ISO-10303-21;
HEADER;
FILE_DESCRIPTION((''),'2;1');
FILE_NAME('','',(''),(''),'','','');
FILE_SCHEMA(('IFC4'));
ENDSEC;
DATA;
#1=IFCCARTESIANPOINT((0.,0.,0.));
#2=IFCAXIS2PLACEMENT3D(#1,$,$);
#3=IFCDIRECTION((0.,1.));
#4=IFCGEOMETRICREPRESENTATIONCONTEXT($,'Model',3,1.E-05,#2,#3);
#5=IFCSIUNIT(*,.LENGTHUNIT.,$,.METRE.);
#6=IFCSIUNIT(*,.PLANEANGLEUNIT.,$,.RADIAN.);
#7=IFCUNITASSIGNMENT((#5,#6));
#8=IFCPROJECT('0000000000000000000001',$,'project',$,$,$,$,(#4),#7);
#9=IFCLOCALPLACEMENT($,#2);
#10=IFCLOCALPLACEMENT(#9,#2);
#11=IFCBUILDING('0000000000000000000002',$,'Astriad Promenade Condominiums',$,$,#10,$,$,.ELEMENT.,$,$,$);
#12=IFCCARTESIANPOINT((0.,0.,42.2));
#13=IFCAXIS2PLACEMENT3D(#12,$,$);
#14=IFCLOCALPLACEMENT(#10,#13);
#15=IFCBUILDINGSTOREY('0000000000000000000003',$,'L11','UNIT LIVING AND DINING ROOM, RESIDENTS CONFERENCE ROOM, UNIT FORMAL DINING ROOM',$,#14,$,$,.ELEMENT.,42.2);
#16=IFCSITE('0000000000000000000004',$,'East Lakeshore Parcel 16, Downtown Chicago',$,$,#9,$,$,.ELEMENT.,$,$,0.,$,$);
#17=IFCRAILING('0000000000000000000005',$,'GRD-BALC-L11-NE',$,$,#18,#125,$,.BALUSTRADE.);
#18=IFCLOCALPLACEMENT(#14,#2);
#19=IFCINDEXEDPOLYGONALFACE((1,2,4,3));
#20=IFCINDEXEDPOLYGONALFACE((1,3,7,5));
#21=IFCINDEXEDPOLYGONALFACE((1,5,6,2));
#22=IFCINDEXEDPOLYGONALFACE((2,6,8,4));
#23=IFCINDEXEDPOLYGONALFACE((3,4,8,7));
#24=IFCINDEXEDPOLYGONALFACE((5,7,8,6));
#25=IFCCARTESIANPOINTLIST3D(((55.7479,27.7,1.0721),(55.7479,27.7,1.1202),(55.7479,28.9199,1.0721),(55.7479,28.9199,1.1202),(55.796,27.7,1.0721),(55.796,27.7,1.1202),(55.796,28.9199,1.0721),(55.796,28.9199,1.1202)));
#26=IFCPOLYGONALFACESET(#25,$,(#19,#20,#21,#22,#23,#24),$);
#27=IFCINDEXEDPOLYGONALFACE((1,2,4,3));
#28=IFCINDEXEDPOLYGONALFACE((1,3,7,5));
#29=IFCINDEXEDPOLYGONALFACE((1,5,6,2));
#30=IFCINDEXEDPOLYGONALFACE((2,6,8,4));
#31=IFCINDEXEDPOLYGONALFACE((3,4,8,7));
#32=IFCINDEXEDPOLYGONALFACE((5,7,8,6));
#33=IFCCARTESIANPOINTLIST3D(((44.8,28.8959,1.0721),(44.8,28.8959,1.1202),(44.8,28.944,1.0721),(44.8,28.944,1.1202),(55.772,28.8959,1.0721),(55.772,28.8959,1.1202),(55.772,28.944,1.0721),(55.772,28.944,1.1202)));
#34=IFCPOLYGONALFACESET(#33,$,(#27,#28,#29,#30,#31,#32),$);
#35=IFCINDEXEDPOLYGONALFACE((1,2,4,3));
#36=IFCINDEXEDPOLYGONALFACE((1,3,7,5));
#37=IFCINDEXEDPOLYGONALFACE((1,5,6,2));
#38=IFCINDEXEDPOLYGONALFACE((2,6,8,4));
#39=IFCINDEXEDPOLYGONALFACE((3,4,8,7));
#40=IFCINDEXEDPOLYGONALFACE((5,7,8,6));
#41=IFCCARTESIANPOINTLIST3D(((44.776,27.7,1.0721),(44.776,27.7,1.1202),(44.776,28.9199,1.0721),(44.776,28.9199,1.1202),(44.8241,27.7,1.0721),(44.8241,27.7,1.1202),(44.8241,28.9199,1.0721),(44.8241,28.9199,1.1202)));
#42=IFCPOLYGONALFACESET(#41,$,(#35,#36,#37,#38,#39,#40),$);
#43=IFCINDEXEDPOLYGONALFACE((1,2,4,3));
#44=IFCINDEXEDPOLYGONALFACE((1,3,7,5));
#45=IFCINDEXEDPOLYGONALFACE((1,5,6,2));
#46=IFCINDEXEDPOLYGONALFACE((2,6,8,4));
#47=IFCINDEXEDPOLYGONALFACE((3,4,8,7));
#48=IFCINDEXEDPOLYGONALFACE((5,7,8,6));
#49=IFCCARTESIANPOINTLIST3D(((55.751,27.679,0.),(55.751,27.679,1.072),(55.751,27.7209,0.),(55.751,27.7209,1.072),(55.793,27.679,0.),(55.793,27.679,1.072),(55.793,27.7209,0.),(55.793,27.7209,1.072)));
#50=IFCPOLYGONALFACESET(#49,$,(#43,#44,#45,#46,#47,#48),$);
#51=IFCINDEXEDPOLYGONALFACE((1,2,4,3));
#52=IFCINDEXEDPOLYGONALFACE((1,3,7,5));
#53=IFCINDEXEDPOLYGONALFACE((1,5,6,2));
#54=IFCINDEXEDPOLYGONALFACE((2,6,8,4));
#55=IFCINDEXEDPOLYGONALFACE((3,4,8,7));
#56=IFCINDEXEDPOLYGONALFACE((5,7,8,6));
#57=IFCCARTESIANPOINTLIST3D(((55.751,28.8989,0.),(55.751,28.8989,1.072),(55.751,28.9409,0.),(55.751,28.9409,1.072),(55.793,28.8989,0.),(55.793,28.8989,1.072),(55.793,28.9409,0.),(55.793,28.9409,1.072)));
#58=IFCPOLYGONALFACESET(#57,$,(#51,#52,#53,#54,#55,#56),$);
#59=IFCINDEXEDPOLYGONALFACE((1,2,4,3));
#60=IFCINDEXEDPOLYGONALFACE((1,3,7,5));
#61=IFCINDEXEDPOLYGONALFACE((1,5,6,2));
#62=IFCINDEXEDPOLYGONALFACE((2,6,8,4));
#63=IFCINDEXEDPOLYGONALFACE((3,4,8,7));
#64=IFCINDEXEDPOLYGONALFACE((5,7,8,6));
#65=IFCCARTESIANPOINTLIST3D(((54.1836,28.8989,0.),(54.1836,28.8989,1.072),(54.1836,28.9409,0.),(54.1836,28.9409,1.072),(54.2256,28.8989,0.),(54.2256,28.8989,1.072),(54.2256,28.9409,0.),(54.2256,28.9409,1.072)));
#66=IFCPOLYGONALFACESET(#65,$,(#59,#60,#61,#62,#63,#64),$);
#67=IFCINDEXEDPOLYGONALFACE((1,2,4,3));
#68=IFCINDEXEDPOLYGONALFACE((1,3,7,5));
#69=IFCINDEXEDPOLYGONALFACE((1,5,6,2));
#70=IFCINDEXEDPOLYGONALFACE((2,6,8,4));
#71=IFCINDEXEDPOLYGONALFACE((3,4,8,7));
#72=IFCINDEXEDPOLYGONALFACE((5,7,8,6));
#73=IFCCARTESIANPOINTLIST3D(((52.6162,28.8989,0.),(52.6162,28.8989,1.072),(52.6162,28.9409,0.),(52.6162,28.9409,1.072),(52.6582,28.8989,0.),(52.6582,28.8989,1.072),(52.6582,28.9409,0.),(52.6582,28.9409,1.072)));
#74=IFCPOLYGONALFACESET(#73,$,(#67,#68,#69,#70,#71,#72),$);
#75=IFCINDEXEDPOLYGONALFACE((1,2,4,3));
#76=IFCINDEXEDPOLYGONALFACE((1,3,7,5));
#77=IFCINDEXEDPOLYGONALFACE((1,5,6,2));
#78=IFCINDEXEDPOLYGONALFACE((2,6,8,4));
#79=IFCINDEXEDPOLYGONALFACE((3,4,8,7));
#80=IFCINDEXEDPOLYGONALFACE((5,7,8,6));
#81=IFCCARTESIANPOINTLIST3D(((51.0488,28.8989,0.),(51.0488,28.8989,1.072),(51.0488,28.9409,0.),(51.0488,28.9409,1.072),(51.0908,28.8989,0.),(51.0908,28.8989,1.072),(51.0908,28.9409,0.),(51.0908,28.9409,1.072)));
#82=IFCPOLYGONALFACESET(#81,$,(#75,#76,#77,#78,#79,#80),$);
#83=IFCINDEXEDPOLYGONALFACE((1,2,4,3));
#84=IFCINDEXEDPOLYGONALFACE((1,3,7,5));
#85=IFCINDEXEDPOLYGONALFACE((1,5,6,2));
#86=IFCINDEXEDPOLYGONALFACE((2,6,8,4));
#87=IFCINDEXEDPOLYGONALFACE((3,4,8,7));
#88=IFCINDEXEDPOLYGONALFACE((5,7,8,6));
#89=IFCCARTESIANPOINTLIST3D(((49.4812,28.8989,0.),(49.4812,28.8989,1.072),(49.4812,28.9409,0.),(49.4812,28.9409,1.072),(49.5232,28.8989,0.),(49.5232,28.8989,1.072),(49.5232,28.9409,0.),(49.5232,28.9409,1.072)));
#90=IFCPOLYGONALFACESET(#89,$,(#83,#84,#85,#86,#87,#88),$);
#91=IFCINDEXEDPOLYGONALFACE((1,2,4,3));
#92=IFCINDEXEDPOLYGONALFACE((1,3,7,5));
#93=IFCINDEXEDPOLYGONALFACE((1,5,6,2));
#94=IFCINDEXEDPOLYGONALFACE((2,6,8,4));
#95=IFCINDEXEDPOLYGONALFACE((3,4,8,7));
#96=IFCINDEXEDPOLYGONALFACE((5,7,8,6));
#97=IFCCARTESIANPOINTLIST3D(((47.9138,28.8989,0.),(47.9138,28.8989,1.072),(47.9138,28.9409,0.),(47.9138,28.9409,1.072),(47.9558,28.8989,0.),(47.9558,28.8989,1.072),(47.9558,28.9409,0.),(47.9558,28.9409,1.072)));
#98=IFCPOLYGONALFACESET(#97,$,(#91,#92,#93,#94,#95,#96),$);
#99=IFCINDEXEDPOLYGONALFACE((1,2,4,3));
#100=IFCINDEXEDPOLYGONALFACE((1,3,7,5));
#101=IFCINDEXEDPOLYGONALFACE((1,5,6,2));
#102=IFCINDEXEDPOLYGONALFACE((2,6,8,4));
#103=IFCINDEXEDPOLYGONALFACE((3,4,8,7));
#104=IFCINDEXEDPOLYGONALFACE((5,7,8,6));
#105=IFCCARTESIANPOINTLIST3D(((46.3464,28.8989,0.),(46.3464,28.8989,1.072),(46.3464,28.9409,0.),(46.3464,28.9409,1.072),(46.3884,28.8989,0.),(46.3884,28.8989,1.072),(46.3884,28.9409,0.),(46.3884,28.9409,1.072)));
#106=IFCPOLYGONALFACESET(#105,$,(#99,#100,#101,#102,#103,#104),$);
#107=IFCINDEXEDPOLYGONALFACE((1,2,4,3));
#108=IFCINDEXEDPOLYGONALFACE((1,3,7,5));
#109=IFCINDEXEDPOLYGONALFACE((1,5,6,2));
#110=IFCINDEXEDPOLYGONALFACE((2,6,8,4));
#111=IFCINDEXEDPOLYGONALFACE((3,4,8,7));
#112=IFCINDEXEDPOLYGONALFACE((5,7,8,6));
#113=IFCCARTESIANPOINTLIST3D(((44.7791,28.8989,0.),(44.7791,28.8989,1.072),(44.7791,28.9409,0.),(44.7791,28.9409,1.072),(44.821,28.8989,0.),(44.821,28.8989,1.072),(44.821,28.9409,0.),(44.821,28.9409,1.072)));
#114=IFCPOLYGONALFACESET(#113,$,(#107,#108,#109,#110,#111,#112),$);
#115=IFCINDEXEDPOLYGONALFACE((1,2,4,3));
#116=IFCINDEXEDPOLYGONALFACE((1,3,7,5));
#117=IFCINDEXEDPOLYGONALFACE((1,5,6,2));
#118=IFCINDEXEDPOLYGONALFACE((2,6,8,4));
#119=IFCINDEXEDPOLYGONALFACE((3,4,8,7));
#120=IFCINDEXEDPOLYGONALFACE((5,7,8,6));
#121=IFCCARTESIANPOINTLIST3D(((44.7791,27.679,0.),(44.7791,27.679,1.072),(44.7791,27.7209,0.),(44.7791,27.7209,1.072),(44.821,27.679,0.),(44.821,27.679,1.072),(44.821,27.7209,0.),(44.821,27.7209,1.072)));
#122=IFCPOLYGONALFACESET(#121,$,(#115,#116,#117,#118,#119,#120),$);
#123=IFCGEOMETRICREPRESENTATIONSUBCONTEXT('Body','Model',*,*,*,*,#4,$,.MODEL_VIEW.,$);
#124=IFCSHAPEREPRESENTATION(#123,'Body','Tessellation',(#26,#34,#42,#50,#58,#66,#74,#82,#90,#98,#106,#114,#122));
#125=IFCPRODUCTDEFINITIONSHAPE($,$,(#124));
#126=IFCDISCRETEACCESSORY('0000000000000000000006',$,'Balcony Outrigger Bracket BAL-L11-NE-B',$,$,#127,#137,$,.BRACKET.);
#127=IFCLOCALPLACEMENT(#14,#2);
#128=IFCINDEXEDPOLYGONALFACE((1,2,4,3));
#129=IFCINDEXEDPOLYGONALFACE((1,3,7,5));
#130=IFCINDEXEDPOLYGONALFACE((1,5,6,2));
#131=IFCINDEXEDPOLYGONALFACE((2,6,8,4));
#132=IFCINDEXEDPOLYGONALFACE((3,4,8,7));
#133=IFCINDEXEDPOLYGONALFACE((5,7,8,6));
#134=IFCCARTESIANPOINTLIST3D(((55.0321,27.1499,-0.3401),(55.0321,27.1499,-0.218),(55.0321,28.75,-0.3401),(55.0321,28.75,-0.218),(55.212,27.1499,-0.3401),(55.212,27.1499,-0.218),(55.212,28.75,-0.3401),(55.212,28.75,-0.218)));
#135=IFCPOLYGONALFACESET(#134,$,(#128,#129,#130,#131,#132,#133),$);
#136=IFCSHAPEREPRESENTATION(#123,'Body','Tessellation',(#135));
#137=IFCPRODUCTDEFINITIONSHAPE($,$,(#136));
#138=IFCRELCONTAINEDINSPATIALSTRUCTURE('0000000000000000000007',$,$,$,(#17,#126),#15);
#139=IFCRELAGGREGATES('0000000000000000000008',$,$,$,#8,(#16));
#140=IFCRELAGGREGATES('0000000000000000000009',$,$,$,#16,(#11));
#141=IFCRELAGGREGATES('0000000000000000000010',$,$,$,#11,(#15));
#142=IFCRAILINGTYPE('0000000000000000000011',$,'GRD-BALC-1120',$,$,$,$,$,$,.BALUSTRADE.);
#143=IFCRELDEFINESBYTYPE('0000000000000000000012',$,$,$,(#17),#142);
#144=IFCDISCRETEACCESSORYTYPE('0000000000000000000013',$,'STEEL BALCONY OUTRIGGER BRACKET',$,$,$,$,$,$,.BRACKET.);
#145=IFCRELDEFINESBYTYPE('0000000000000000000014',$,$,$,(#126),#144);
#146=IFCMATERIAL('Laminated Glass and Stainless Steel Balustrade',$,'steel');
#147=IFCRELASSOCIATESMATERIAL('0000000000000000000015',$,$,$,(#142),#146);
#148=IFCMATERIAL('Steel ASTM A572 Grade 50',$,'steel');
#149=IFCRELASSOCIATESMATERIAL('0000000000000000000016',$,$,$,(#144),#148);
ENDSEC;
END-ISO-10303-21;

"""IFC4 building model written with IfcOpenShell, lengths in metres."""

from ifc_helpers import new_model, si_unit, direction, frame, origin, origin_2d, place, context, subcontext, project, spatial, rectangle, extrude, source, transform, mapped, material, type_object, type_shapes, element, save


model = new_model("IFC4")

# Units and contexts
model_context = context("Model", 3, precision=1e-05, world=origin(), true_north=direction((0.0, 1.0)))
body_context = subcontext(model_context, "Body", "Model", "MODEL_VIEW")
ifc_project = project(units=[si_unit("LENGTHUNIT", "METRE"), si_unit("PLANEANGLEUNIT", "RADIAN")], contexts=[model_context])

# Site, building, storey
site_placement = place(None, origin())
site = spatial("IfcSite", under=ifc_project, at=site_placement, Name="East Lakeshore Parcel 16, Downtown Chicago", CompositionType="ELEMENT", RefElevation=0.0)
building_placement = place(site_placement, origin())
building = spatial("IfcBuilding", under=site, at=building_placement, Name="Astriad Promenade Condominiums", CompositionType="ELEMENT")
storey_placement = place(building_placement, frame((0.0, 0.0, 42.2)))
storey = spatial("IfcBuildingStorey", under=building, at=storey_placement, Name="L11", Description="UNIT LIVING AND DINING ROOM, RESIDENTS CONFERENCE ROOM, UNIT FORMAL DINING ROOM", CompositionType="ELEMENT", Elevation=42.2)

# Railing
ifc_material_1 = material(Name="Laminated Glass and Stainless Steel Balustrade", Category="steel")
railing_type = type_object("IfcRailingType", Name="GRD-BALC-1120", PredefinedType="BALUSTRADE", material=ifc_material_1)
shared_shape_1 = source(origin(), body_context, "Body", "SweptSolid", [
    extrude(rectangle(XDim=0.0481, YDim=0.0481, at=origin_2d()), frame((0.0, 0.0, 1.0962), z_axis=(0.0, 1.0, 0.0), x_axis=(-1.0, 0.0, 0.0)), (0.0, 0.0, 1.0), 1.22),
    extrude(rectangle(XDim=0.0481, YDim=0.0481, at=origin_2d()), frame((0.0, 1.22, 1.0962), z_axis=(-1.0, 0.0, 0.0), x_axis=(0.0, -1.0, 0.0)), (0.0, 0.0, 1.0), 10.9719),
    extrude(rectangle(XDim=0.0481, YDim=0.0481, at=origin_2d()), frame((-10.9719, 1.22, 1.0962), z_axis=(0.0, -1.0, 0.0), x_axis=(1.0, 0.0, 0.0)), (0.0, 0.0, 1.0), 1.22),
    extrude(rectangle(XDim=0.042, YDim=0.042, at=origin_2d()), origin(), (0.0, 0.0, 1.0), 1.072),
    extrude(rectangle(XDim=0.042, YDim=0.042, at=origin_2d()), frame((0.0, 1.22, 0.0)), (0.0, 0.0, 1.0), 1.072),
    extrude(rectangle(XDim=0.042, YDim=0.042, at=origin_2d()), frame((-1.5674, 1.22, 0.0)), (0.0, 0.0, 1.0), 1.072),
    extrude(rectangle(XDim=0.042, YDim=0.042, at=origin_2d()), frame((-3.1348, 1.22, 0.0)), (0.0, 0.0, 1.0), 1.072),
    extrude(rectangle(XDim=0.042, YDim=0.042, at=origin_2d()), frame((-4.7021, 1.22, 0.0)), (0.0, 0.0, 1.0), 1.072),
    extrude(rectangle(XDim=0.042, YDim=0.042, at=origin_2d()), frame((-6.2698, 1.22, 0.0)), (0.0, 0.0, 1.0), 1.072),
    extrude(rectangle(XDim=0.042, YDim=0.042, at=origin_2d()), frame((-7.8372, 1.22, 0.0)), (0.0, 0.0, 1.0), 1.072),
    extrude(rectangle(XDim=0.042, YDim=0.042, at=origin_2d()), frame((-9.4045, 1.22, 0.0)), (0.0, 0.0, 1.0), 1.072),
    extrude(rectangle(XDim=0.042, YDim=0.042, at=origin_2d()), frame((-10.9719, 1.22, 0.0)), (0.0, 0.0, 1.0), 1.072),
    extrude(rectangle(XDim=0.042, YDim=0.042, at=origin_2d()), frame((-10.9719, 0.0, 0.0)), (0.0, 0.0, 1.0), 1.072),
])
type_shapes(railing_type, [shared_shape_1])
railing_placement = place(storey_placement, frame((55.772, 27.7, 0.0)))
element("IfcRailing", 1, at=railing_placement, inside=storey, type_object=railing_type, Name="GRD-BALC-L11-NE", PredefinedType="BALUSTRADE", context=body_context, shape_type="MappedRepresentation", body=[
    mapped(shared_shape_1, transform((0.0, 0.0, 0.0), scale=1.0)),
])

# Discrete accessory
ifc_material_2 = material(Name="Steel ASTM A572 Grade 50", Category="steel")
discrete_accessory_type = type_object("IfcDiscreteAccessoryType", Name="STEEL BALCONY OUTRIGGER BRACKET", PredefinedType="BRACKET", material=ifc_material_2)
shared_shape_2 = source(origin(), body_context, "Body", "SweptSolid", [
    extrude(rectangle(XDim=1.6001, YDim=0.1799, at=origin_2d()), origin(), (0.0, 0.0, 1.0), 0.1221),
])
type_shapes(discrete_accessory_type, [shared_shape_2])
discrete_accessory_placement = place(storey_placement, frame((55.1221, 27.95, -0.3401), z_axis=(0.0, 0.0, 1.0), x_axis=(0.0, 1.0, 0.0)))
element("IfcDiscreteAccessory", 2, at=discrete_accessory_placement, inside=storey, type_object=discrete_accessory_type, Name="Balcony Outrigger Bracket BAL-L11-NE-B", PredefinedType="BRACKET", context=body_context, shape_type="MappedRepresentation", body=[
    mapped(shared_shape_2, transform((0.0, 0.0, 0.0), scale=1.0)),
])

save(model, "model.ifc")
